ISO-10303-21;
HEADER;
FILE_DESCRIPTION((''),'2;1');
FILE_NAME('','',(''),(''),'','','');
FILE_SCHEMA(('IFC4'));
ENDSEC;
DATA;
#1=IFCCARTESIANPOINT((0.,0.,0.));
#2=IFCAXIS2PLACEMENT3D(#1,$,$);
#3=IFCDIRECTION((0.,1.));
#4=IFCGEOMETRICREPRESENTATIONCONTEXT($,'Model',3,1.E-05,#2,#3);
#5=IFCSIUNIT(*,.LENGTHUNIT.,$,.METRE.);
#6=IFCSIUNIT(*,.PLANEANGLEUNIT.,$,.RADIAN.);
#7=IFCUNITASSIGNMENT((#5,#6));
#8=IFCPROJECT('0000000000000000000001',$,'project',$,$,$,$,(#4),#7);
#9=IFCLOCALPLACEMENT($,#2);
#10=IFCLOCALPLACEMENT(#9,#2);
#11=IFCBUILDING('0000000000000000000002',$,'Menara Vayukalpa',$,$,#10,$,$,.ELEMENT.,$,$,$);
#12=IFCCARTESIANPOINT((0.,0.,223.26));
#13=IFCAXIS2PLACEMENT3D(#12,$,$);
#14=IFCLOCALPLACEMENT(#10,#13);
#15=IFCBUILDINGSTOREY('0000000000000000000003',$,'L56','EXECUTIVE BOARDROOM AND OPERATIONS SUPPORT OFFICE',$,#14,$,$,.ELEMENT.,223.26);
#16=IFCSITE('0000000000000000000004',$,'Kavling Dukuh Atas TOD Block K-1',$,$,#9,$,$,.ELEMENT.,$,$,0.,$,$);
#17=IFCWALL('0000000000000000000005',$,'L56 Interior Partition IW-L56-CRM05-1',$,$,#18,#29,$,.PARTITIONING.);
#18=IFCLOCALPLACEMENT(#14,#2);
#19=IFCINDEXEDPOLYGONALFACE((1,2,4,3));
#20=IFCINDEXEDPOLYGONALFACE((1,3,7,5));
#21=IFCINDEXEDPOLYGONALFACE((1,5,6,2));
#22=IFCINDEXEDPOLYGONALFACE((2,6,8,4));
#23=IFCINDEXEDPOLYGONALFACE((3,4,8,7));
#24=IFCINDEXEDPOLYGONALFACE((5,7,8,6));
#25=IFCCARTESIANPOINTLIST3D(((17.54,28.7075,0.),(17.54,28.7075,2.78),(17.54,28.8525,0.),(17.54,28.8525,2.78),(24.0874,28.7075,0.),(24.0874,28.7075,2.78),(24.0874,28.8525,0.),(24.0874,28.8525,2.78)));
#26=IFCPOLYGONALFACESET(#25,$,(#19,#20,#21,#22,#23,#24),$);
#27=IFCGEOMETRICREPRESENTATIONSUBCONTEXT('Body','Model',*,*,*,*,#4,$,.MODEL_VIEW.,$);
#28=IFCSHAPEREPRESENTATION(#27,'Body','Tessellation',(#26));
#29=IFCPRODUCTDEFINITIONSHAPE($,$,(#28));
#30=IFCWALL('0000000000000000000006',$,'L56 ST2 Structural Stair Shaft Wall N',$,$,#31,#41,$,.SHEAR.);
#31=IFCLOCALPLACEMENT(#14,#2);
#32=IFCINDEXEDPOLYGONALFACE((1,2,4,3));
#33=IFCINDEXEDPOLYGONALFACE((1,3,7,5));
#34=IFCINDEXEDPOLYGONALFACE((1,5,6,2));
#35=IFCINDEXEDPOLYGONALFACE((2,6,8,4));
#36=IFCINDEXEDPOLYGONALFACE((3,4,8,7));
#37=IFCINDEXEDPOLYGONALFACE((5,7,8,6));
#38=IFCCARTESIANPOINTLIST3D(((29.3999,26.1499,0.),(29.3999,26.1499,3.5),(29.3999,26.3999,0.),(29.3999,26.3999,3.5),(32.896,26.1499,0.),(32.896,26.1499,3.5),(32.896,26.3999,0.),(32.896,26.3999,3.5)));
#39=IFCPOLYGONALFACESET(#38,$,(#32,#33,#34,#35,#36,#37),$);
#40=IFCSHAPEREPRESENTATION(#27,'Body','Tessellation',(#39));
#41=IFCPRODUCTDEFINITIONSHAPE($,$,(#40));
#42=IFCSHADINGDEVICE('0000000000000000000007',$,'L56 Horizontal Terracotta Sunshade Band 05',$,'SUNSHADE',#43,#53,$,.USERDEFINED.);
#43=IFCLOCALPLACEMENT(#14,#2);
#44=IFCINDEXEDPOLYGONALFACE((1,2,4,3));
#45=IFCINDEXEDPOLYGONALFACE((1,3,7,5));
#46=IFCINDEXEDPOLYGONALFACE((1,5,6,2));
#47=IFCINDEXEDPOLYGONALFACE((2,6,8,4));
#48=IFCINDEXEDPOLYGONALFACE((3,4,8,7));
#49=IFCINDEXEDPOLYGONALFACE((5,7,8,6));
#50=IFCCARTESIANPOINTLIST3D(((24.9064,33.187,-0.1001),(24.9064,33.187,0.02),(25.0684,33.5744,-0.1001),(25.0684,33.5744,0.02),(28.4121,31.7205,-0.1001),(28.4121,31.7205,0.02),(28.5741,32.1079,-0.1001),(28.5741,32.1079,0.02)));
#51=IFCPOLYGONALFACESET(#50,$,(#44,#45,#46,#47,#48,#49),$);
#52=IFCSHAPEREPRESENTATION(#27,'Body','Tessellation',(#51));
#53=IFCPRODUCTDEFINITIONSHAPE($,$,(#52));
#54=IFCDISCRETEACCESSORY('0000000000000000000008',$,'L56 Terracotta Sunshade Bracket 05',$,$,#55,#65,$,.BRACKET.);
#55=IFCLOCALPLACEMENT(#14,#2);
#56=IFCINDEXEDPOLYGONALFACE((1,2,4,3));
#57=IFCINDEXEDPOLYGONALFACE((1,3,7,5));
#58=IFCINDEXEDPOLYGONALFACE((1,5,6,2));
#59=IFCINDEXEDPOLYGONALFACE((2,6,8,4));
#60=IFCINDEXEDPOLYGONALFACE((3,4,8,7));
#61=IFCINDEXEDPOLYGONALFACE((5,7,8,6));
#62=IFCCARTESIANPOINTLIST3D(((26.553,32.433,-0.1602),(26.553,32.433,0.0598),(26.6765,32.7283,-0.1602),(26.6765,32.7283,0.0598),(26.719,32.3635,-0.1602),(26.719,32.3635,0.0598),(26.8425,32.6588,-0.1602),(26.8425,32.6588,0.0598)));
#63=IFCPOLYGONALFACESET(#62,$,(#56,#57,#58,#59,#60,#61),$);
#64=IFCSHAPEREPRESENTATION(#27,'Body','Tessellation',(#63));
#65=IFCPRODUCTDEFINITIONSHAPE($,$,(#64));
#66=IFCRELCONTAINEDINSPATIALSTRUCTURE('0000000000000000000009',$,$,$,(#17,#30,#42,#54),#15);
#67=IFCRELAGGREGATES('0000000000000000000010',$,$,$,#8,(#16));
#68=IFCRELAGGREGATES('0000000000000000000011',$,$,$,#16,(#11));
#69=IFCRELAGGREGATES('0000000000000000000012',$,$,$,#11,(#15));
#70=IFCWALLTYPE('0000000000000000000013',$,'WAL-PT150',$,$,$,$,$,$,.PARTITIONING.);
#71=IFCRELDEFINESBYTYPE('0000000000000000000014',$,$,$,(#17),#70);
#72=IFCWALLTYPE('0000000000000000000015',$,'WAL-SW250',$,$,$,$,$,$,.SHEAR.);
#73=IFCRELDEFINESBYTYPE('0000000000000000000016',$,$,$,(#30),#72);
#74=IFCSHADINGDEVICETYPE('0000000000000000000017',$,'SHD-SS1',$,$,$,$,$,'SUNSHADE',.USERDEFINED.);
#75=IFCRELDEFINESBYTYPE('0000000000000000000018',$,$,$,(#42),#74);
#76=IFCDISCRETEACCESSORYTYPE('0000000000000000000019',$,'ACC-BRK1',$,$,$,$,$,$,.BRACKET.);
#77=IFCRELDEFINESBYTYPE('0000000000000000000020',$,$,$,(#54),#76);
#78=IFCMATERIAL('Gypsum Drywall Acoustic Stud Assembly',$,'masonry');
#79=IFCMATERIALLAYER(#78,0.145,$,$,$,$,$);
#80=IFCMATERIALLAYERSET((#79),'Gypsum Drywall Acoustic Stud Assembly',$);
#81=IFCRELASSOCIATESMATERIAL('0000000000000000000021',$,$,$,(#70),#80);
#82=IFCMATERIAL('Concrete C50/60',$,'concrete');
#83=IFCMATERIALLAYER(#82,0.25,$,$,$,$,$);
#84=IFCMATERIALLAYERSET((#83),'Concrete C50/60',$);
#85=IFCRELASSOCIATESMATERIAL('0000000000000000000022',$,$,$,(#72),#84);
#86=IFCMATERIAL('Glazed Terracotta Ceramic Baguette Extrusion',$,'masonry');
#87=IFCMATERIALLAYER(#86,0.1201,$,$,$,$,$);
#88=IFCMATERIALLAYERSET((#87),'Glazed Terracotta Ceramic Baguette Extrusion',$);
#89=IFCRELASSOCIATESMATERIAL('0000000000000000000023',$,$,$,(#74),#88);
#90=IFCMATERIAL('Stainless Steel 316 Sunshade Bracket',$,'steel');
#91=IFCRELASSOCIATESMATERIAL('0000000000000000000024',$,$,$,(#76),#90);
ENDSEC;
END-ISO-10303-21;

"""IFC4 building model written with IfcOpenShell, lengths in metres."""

from ifc_helpers import new_model, si_unit, direction, frame, frame_2d, origin, origin_2d, place, context, subcontext, project, spatial, rectangle, extrude, material, layer, layer_set, type_object, element, save


model = new_model("IFC4")

# Units and contexts
model_context = context("Model", 3, precision=1e-05, world=origin(), true_north=direction((0.0, 1.0)))
body_context = subcontext(model_context, "Body", "Model", "MODEL_VIEW")
ifc_project = project(units=[si_unit("LENGTHUNIT", "METRE"), si_unit("PLANEANGLEUNIT", "RADIAN")], contexts=[model_context])

# Site, building, storey
site_placement = place(None, origin())
site = spatial("IfcSite", under=ifc_project, at=site_placement, Name="Kavling Dukuh Atas TOD Block K-1", CompositionType="ELEMENT", RefElevation=0.0)
building_placement = place(site_placement, origin())
building = spatial("IfcBuilding", under=site, at=building_placement, Name="Menara Vayukalpa", CompositionType="ELEMENT")
storey_placement = place(building_placement, frame((0.0, 0.0, 223.26)))
storey = spatial("IfcBuildingStorey", under=building, at=storey_placement, Name="L56", Description="EXECUTIVE BOARDROOM AND OPERATIONS SUPPORT OFFICE", CompositionType="ELEMENT", Elevation=223.26)

# Shared definitions
ifc_material_1 = material(Name="Gypsum Drywall Acoustic Stud Assembly", Category="masonry")
ifc_layer_1 = layer(ifc_material_1, 0.145)
ifc_layer_set_1 = layer_set([ifc_layer_1], Name="Gypsum Drywall Acoustic Stud Assembly")
wall_type_1 = type_object("IfcWallType", Name="WAL-PT150", PredefinedType="PARTITIONING", material=ifc_layer_set_1)

# Walls
wall_1_placement = place(storey_placement, frame((24.0874, 28.78, 0.0), z_axis=(0.0, 0.0, 1.0), x_axis=(-1.0, 0.0, 0.0)))
element("IfcWall", 1, at=wall_1_placement, inside=storey, type_object=wall_type_1, Name="L56 Interior Partition IW-L56-CRM05-1", PredefinedType="PARTITIONING", context=body_context, shape_type="SweptSolid", body=[
    extrude(rectangle(XDim=6.5474, YDim=0.145, at=frame_2d((3.2737, 0.0))), origin(), (0.0, 0.0, 1.0), 2.78),
])
ifc_material_2 = material(Name="Concrete C50/60", Category="concrete")
ifc_layer_2 = layer(ifc_material_2, 0.25)
ifc_layer_set_2 = layer_set([ifc_layer_2], Name="Concrete C50/60")
wall_type_2 = type_object("IfcWallType", Name="WAL-SW250", PredefinedType="SHEAR", material=ifc_layer_set_2)
wall_2_placement = place(storey_placement, frame((29.3999, 26.2749, 0.0), z_axis=(0.0, 0.0, 1.0), x_axis=(1.0, 0.0, 0.0)))
element("IfcWall", 2, at=wall_2_placement, inside=storey, type_object=wall_type_2, Name="L56 ST2 Structural Stair Shaft Wall N", PredefinedType="SHEAR", context=body_context, shape_type="SweptSolid", body=[
    extrude(rectangle(XDim=3.4961, YDim=0.25, at=frame_2d((1.748, 0.0))), origin(), (0.0, 0.0, 1.0), 3.5),
])

# Shading device
ifc_material_3 = material(Name="Glazed Terracotta Ceramic Baguette Extrusion", Category="masonry")
ifc_layer_3 = layer(ifc_material_3, 0.1201)
ifc_layer_set_3 = layer_set([ifc_layer_3], Name="Glazed Terracotta Ceramic Baguette Extrusion")
shading_device_type = type_object("IfcShadingDeviceType", Name="SHD-SS1", ElementType="SUNSHADE", PredefinedType="USERDEFINED", material=ifc_layer_set_3)
shading_device_placement = place(storey_placement, frame((26.7402, 32.6475, -0.1001), z_axis=(0.0, 0.0, 1.0), x_axis=(-0.922538, 0.385906, 0.0)))
element("IfcShadingDevice", 3, at=shading_device_placement, inside=storey, type_object=shading_device_type, Name="L56 Horizontal Terracotta Sunshade Band 05", ObjectType="SUNSHADE", PredefinedType="USERDEFINED", context=body_context, shape_type="SweptSolid", body=[
    extrude(rectangle(XDim=3.8, YDim=0.4199, at=origin_2d()), origin(), (0.0, 0.0, 1.0), 0.1201),
])

# Discrete accessory
ifc_material_4 = material(Name="Stainless Steel 316 Sunshade Bracket", Category="steel")
discrete_accessory_type = type_object("IfcDiscreteAccessoryType", Name="ACC-BRK1", PredefinedType="BRACKET", material=ifc_material_4)
discrete_accessory_placement = place(storey_placement, frame((26.6978, 32.5459, -0.1602), z_axis=(0.0, 0.0, 1.0), x_axis=(-0.922538, 0.385906, 0.0)))
element("IfcDiscreteAccessory", 4, at=discrete_accessory_placement, inside=storey, type_object=discrete_accessory_type, Name="L56 Terracotta Sunshade Bracket 05", PredefinedType="BRACKET", context=body_context, shape_type="SweptSolid", body=[
    extrude(rectangle(XDim=0.1799, YDim=0.3201, at=origin_2d()), origin(), (0.0, 0.0, 1.0), 0.22),
])

save(model, "model.ifc")
